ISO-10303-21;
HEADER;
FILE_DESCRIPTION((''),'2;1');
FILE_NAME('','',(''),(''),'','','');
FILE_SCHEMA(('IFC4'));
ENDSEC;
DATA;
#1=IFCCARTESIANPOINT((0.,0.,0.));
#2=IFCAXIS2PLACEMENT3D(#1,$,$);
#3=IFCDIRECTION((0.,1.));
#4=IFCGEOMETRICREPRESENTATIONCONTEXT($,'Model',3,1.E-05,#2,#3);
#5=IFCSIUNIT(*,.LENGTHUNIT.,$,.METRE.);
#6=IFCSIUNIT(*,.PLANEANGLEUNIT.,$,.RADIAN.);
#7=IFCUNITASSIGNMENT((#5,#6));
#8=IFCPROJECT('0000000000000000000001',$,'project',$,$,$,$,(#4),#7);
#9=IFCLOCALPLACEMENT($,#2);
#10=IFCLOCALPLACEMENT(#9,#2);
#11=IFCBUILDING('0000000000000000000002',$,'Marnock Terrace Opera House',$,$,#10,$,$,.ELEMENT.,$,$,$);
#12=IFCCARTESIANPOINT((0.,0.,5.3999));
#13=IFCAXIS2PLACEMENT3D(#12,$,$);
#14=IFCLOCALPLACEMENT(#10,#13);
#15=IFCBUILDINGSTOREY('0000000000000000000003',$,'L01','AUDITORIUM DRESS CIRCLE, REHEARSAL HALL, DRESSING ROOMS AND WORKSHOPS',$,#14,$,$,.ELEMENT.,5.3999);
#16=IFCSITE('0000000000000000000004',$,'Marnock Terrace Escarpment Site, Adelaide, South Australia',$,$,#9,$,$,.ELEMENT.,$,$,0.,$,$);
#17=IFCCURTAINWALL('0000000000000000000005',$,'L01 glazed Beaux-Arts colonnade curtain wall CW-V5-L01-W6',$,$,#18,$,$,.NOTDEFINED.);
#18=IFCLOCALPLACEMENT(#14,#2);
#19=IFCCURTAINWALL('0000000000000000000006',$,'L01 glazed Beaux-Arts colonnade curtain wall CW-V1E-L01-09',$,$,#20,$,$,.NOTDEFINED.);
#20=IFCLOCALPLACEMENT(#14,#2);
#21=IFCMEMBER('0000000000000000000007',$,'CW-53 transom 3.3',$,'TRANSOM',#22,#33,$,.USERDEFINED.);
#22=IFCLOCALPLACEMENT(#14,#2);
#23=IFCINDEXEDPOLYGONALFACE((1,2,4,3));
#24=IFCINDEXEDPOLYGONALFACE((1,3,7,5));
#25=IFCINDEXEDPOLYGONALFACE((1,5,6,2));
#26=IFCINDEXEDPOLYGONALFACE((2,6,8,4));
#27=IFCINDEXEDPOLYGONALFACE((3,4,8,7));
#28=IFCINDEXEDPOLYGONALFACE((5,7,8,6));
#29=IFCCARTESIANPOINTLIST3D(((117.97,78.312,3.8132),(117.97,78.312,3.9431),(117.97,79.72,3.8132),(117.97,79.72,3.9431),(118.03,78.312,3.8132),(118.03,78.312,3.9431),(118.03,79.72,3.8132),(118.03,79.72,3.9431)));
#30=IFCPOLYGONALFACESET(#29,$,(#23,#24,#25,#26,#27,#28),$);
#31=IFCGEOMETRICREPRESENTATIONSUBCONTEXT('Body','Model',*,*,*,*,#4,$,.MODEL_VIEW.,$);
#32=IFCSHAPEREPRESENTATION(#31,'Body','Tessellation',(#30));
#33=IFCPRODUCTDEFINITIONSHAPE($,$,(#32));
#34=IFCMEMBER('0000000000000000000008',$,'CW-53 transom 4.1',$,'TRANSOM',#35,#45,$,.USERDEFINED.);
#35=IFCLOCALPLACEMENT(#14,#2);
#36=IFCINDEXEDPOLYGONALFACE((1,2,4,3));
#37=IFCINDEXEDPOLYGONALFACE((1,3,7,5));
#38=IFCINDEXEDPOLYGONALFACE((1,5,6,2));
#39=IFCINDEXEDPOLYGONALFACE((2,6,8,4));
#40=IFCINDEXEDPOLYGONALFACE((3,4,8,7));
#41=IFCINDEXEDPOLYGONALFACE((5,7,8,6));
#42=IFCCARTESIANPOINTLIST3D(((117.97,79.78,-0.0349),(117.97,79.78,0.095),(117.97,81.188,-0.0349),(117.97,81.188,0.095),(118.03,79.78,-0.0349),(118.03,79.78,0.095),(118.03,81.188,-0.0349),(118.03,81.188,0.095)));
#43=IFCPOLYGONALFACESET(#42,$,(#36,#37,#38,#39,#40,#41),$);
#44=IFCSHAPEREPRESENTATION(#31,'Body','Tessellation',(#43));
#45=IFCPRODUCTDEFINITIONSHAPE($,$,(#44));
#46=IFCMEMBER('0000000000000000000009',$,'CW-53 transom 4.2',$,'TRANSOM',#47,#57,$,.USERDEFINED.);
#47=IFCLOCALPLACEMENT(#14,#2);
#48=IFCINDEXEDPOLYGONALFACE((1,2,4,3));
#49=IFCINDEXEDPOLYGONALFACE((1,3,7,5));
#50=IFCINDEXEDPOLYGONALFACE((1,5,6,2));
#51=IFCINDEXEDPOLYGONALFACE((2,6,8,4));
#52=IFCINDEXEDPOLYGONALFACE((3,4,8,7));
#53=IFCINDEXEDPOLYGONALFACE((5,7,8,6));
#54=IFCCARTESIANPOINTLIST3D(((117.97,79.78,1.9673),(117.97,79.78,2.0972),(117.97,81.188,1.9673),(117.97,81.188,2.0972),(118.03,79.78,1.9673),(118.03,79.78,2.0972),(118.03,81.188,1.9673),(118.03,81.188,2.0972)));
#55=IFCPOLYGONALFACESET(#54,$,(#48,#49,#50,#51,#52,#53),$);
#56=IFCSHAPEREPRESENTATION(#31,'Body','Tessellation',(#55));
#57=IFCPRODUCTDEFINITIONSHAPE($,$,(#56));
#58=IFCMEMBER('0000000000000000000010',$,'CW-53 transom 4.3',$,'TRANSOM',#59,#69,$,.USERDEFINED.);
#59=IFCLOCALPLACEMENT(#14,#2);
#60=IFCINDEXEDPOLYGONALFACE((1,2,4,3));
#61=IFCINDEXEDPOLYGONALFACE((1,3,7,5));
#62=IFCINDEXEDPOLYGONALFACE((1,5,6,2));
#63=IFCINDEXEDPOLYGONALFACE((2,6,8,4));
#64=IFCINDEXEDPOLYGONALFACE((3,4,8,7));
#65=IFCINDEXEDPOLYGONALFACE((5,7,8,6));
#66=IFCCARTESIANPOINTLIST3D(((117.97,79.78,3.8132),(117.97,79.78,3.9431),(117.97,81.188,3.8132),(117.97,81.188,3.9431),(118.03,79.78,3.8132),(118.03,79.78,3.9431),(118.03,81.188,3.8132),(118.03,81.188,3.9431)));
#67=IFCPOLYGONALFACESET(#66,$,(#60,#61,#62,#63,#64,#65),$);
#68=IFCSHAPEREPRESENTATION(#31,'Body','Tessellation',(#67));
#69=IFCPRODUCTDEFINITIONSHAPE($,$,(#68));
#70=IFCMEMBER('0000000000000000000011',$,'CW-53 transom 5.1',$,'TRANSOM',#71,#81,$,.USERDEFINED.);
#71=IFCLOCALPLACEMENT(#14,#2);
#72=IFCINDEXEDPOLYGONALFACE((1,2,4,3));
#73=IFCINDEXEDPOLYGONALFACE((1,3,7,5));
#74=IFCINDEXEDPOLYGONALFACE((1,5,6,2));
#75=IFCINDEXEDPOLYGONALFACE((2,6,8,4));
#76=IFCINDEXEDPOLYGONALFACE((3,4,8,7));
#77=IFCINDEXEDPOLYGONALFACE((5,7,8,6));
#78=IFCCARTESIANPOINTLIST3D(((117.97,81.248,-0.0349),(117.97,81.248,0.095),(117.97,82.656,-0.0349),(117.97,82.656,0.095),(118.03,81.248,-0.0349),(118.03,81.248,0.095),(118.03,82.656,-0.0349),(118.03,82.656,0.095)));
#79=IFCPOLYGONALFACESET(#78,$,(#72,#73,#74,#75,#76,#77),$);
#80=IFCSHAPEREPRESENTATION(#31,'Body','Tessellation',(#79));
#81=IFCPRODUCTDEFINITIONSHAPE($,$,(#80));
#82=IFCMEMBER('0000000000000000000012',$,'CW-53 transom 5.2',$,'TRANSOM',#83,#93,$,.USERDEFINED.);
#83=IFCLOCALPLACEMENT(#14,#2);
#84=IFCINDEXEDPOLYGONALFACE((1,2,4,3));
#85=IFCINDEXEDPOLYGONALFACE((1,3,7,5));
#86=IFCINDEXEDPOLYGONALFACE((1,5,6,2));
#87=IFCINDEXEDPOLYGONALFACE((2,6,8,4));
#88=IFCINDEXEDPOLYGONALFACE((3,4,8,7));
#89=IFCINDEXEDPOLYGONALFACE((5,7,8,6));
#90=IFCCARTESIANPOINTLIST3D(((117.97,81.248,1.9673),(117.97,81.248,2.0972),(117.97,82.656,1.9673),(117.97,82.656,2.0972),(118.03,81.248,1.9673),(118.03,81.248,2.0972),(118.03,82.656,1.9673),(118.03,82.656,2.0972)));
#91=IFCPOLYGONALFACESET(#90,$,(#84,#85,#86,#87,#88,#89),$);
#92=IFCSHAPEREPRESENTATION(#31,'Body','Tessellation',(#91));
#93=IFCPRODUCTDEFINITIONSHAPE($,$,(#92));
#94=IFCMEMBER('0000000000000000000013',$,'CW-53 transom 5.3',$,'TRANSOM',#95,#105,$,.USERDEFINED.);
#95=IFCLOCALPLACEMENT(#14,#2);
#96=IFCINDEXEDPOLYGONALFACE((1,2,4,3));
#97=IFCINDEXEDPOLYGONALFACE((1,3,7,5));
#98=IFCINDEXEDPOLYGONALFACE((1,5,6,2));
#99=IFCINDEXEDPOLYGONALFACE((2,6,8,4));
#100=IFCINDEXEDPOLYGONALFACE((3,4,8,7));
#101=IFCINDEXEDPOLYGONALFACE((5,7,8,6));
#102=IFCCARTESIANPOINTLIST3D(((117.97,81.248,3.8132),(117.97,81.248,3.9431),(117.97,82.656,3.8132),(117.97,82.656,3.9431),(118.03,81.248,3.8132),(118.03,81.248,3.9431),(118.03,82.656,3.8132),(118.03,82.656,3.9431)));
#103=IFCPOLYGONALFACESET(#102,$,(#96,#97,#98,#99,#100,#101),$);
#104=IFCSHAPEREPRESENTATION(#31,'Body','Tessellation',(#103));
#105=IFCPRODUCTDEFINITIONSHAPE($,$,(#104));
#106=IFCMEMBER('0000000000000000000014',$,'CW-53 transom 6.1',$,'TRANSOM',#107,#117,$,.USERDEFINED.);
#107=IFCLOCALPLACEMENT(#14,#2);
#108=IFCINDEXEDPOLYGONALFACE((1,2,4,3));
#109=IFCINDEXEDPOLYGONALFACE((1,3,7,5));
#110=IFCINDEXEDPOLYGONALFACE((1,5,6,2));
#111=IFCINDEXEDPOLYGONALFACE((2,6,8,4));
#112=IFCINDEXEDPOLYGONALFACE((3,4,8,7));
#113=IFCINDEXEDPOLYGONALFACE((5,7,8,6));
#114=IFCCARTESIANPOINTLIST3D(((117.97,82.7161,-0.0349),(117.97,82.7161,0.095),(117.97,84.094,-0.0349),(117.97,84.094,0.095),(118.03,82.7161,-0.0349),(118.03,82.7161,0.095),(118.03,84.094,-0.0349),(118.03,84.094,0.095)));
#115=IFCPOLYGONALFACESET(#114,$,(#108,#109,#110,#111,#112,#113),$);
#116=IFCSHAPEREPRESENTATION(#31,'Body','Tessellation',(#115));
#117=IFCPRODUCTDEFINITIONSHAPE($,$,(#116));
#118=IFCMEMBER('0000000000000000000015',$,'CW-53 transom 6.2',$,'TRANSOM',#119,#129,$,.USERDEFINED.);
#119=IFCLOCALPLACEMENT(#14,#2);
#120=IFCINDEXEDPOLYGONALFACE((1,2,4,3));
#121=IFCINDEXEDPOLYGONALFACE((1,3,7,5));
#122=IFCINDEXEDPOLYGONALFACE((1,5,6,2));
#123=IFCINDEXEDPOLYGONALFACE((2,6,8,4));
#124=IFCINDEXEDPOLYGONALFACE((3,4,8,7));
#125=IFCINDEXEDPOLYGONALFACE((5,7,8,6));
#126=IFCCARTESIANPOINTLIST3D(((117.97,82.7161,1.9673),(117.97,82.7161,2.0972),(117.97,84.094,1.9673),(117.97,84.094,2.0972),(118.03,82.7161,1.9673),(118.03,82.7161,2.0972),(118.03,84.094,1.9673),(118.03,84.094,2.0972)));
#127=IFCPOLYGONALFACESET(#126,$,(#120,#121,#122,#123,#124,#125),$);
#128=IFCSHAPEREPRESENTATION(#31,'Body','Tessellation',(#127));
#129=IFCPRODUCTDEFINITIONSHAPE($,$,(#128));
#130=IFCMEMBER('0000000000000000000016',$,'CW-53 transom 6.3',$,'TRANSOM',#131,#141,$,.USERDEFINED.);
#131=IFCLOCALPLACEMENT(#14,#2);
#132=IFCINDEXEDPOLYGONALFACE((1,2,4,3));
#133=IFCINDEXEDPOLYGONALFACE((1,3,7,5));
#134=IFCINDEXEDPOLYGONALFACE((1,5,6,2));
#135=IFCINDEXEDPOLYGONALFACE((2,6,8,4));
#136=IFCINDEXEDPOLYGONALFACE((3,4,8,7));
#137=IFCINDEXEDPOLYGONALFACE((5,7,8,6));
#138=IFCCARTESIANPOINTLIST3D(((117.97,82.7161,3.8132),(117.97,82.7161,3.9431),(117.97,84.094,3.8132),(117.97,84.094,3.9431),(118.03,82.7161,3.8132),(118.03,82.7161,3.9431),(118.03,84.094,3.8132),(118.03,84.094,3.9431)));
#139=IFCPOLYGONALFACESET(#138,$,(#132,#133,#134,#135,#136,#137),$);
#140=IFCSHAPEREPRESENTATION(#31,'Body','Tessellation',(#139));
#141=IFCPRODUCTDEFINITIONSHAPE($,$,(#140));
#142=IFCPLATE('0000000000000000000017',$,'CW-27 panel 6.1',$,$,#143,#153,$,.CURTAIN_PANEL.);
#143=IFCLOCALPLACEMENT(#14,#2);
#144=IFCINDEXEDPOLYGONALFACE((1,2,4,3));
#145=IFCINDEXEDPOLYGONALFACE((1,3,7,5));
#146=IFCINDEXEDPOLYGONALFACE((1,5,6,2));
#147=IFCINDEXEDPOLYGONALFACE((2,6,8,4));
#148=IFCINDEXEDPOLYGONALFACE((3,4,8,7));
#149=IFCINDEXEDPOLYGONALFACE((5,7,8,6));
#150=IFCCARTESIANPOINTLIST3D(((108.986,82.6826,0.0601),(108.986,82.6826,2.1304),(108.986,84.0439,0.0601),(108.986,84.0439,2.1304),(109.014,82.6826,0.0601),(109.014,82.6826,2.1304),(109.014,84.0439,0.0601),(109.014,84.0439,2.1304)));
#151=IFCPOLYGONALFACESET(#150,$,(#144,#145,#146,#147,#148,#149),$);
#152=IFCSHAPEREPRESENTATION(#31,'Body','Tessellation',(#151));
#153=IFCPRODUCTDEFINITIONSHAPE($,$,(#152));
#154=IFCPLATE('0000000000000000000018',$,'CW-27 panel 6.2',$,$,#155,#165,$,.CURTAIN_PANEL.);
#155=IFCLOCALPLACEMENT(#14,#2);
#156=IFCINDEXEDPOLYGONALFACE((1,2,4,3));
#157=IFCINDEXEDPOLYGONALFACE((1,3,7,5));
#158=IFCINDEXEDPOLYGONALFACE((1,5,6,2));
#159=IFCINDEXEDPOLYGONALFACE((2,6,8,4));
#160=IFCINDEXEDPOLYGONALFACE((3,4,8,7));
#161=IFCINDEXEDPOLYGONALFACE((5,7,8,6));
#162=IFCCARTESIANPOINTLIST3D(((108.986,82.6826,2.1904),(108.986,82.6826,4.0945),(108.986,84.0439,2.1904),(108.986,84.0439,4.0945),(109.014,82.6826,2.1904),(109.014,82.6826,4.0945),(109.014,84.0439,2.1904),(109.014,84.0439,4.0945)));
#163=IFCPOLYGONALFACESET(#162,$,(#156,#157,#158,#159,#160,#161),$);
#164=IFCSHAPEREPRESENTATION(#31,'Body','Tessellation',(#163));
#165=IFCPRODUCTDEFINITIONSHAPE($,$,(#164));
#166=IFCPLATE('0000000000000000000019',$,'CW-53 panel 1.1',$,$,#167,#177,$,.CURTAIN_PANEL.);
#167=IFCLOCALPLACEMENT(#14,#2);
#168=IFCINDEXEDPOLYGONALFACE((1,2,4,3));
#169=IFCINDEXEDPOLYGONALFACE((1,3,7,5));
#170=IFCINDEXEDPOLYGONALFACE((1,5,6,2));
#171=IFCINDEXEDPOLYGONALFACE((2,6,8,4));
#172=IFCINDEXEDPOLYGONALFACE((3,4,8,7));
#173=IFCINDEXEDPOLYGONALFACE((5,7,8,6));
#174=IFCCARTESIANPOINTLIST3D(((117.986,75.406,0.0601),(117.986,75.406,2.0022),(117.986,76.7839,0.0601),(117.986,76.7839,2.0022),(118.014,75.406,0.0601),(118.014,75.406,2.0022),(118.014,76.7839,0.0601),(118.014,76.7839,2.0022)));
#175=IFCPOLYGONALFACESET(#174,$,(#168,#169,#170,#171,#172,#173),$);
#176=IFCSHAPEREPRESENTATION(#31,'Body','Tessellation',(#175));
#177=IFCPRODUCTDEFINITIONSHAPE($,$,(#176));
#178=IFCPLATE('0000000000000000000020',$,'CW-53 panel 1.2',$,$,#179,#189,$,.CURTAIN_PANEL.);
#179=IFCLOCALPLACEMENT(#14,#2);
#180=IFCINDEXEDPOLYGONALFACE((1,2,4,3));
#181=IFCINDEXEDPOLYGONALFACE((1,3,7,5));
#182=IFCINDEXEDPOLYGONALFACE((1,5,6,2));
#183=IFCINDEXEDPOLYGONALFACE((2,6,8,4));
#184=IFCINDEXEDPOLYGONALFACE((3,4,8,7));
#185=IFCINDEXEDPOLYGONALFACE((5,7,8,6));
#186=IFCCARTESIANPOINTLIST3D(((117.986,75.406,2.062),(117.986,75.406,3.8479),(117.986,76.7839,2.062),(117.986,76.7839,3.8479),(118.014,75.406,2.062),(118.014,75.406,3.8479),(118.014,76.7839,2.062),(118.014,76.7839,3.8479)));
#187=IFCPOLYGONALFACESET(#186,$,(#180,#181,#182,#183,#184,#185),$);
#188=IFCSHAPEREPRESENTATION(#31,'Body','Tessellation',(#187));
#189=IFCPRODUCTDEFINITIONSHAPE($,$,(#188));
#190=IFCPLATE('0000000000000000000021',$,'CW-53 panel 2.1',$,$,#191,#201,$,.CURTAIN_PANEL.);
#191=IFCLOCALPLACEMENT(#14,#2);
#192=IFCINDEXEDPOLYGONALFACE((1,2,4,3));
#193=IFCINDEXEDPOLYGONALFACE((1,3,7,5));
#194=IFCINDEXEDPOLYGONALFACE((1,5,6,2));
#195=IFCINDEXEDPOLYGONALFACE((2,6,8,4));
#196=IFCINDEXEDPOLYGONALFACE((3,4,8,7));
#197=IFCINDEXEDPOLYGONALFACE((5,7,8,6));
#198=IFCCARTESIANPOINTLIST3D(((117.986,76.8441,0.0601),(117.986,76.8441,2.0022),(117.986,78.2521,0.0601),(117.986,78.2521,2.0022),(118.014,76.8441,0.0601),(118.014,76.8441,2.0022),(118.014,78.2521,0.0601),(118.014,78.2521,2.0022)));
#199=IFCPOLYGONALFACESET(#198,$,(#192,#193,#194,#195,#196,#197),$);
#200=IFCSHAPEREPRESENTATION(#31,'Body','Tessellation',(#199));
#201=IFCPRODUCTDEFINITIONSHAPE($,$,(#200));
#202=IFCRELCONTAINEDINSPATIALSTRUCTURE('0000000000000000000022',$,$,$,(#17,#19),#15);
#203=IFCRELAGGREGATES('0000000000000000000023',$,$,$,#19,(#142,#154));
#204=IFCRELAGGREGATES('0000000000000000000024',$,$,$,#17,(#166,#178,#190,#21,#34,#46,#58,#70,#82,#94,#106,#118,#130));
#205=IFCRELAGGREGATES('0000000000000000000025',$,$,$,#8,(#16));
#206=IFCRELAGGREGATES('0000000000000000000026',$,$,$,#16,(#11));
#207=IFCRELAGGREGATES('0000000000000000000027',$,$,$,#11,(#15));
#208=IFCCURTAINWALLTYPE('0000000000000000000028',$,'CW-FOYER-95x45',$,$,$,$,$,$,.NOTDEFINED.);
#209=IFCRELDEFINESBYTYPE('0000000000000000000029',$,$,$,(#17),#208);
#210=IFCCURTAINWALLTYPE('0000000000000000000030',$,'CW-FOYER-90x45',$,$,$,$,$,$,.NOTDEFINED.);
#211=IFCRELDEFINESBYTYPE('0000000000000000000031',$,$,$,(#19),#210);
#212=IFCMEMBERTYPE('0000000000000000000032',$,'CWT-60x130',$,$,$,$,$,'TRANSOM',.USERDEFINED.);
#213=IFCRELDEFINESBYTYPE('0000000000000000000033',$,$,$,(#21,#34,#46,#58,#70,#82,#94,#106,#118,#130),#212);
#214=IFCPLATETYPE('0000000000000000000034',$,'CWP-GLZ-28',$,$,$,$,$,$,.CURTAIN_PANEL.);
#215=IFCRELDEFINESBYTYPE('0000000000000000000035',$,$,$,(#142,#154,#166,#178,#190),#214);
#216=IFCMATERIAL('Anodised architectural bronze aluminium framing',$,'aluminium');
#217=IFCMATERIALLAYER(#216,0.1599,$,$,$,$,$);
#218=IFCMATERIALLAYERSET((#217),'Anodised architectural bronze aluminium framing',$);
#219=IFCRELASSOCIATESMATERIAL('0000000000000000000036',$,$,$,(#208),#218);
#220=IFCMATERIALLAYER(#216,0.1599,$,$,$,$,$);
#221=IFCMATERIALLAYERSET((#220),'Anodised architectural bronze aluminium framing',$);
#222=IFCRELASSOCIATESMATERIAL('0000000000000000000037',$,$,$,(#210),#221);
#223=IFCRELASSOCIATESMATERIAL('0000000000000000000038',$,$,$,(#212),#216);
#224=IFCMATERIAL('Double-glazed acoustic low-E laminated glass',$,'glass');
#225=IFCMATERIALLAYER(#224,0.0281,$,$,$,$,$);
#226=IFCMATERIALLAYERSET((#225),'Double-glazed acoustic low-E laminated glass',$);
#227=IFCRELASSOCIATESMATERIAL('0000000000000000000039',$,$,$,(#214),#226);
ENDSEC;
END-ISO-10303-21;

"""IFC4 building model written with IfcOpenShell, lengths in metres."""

from ifc_helpers import new_model, si_unit, direction, frame, origin, origin_2d, place, context, subcontext, project, spatial, rectangle, extrude, material, layer, layer_set, material_profile, profile_set, type_object, element, aggregate, save


model = new_model("IFC4")

# Units and contexts
model_context = context("Model", 3, precision=1e-05, world=origin(), true_north=direction((0.0, 1.0)))
body_context = subcontext(model_context, "Body", "Model", "MODEL_VIEW")
ifc_project = project(units=[si_unit("LENGTHUNIT", "METRE"), si_unit("PLANEANGLEUNIT", "RADIAN")], contexts=[model_context])

# Site, building, storey
site_placement = place(None, origin())
site = spatial("IfcSite", under=ifc_project, at=site_placement, Name="Marnock Terrace Escarpment Site, Adelaide, South Australia", CompositionType="ELEMENT", RefElevation=0.0)
building_placement = place(site_placement, origin())
building = spatial("IfcBuilding", under=site, at=building_placement, Name="Marnock Terrace Opera House", CompositionType="ELEMENT")
storey_placement = place(building_placement, frame((0.0, 0.0, 5.3999)))
storey = spatial("IfcBuildingStorey", under=building, at=storey_placement, Name="L01", Description="AUDITORIUM DRESS CIRCLE, REHEARSAL HALL, DRESSING ROOMS AND WORKSHOPS", CompositionType="ELEMENT", Elevation=5.3999)

# Curtain wall
ifc_material_1 = material(Name="Anodised architectural bronze aluminium framing", Category="aluminium")
ifc_layer_1 = layer(ifc_material_1, 0.1599)
ifc_layer_set_1 = layer_set([ifc_layer_1], Name="Anodised architectural bronze aluminium framing")
curtain_wall_type_1 = type_object("IfcCurtainWallType", Name="CW-FOYER-95x45", PredefinedType="NOTDEFINED", material=ifc_layer_set_1)
curtain_wall_1_placement = place(storey_placement, origin())
curtain_wall_1 = element("IfcCurtainWall", 1, at=curtain_wall_1_placement, inside=storey, type_object=curtain_wall_type_1, Name="L01 glazed Beaux-Arts colonnade curtain wall CW-V5-L01-W6", PredefinedType="NOTDEFINED")

# Curtain wall
ifc_layer_2 = layer(ifc_material_1, 0.1599)
ifc_layer_set_2 = layer_set([ifc_layer_2], Name="Anodised architectural bronze aluminium framing")
curtain_wall_type_2 = type_object("IfcCurtainWallType", Name="CW-FOYER-90x45", PredefinedType="NOTDEFINED", material=ifc_layer_set_2)
curtain_wall_2_placement = place(storey_placement, origin())
curtain_wall_2 = element("IfcCurtainWall", 2, at=curtain_wall_2_placement, inside=storey, type_object=curtain_wall_type_2, Name="L01 glazed Beaux-Arts colonnade curtain wall CW-V1E-L01-09", PredefinedType="NOTDEFINED")
ifc_material_profile_1 = material_profile(ifc_material_1, rectangle(XDim=0.0601, YDim=0.1299, at=origin_2d()))
ifc_profile_set_1 = profile_set([ifc_material_profile_1], Name="Anodised architectural bronze aluminium framing")
member_type_1 = type_object("IfcMemberType", Name="CWT-60x130", ElementType="TRANSOM", PredefinedType="USERDEFINED", material=ifc_profile_set_1)

# Members
member_1_placement = place(storey_placement, frame((118.0, 78.312, 3.8782), z_axis=(0.0, 1.0, 0.0), x_axis=(-1.0, 0.0, 0.0)))
member_1 = element("IfcMember", 3, at=member_1_placement, type_object=member_type_1, Name="CW-53 transom 3.3", ObjectType="TRANSOM", PredefinedType="USERDEFINED", context=body_context, shape_type="SweptSolid", body=[
    extrude(rectangle(XDim=0.0601, YDim=0.1299, at=origin_2d()), origin(), (0.0, 0.0, 1.0), 1.408),
])
member_2_placement = place(storey_placement, frame((118.0, 79.78, 0.03), z_axis=(0.0, 1.0, 0.0), x_axis=(-1.0, 0.0, 0.0)))
member_2 = element("IfcMember", 4, at=member_2_placement, type_object=member_type_1, Name="CW-53 transom 4.1", ObjectType="TRANSOM", PredefinedType="USERDEFINED", context=body_context, shape_type="SweptSolid", body=[
    extrude(rectangle(XDim=0.0601, YDim=0.1299, at=origin_2d()), origin(), (0.0, 0.0, 1.0), 1.408),
])
member_3_placement = place(storey_placement, frame((118.0, 79.78, 2.0322), z_axis=(0.0, 1.0, 0.0), x_axis=(-1.0, 0.0, 0.0)))
member_3 = element("IfcMember", 5, at=member_3_placement, type_object=member_type_1, Name="CW-53 transom 4.2", ObjectType="TRANSOM", PredefinedType="USERDEFINED", context=body_context, shape_type="SweptSolid", body=[
    extrude(rectangle(XDim=0.0601, YDim=0.1299, at=origin_2d()), origin(), (0.0, 0.0, 1.0), 1.408),
])
member_4_placement = place(storey_placement, frame((118.0, 79.78, 3.8782), z_axis=(0.0, 1.0, 0.0), x_axis=(-1.0, 0.0, 0.0)))
member_4 = element("IfcMember", 6, at=member_4_placement, type_object=member_type_1, Name="CW-53 transom 4.3", ObjectType="TRANSOM", PredefinedType="USERDEFINED", context=body_context, shape_type="SweptSolid", body=[
    extrude(rectangle(XDim=0.0601, YDim=0.1299, at=origin_2d()), origin(), (0.0, 0.0, 1.0), 1.408),
])
member_5_placement = place(storey_placement, frame((118.0, 81.248, 0.03), z_axis=(0.0, 1.0, 0.0), x_axis=(-1.0, 0.0, 0.0)))
member_5 = element("IfcMember", 7, at=member_5_placement, type_object=member_type_1, Name="CW-53 transom 5.1", ObjectType="TRANSOM", PredefinedType="USERDEFINED", context=body_context, shape_type="SweptSolid", body=[
    extrude(rectangle(XDim=0.0601, YDim=0.1299, at=origin_2d()), origin(), (0.0, 0.0, 1.0), 1.408),
])
member_6_placement = place(storey_placement, frame((118.0, 81.248, 2.0322), z_axis=(0.0, 1.0, 0.0), x_axis=(-1.0, 0.0, 0.0)))
member_6 = element("IfcMember", 8, at=member_6_placement, type_object=member_type_1, Name="CW-53 transom 5.2", ObjectType="TRANSOM", PredefinedType="USERDEFINED", context=body_context, shape_type="SweptSolid", body=[
    extrude(rectangle(XDim=0.0601, YDim=0.1299, at=origin_2d()), origin(), (0.0, 0.0, 1.0), 1.408),
])
member_7_placement = place(storey_placement, frame((118.0, 81.248, 3.8782), z_axis=(0.0, 1.0, 0.0), x_axis=(-1.0, 0.0, 0.0)))
member_7 = element("IfcMember", 9, at=member_7_placement, type_object=member_type_1, Name="CW-53 transom 5.3", ObjectType="TRANSOM", PredefinedType="USERDEFINED", context=body_context, shape_type="SweptSolid", body=[
    extrude(rectangle(XDim=0.0601, YDim=0.1299, at=origin_2d()), origin(), (0.0, 0.0, 1.0), 1.408),
])
member_8_placement = place(storey_placement, frame((118.0, 82.7161, 0.03), z_axis=(0.0, 1.0, 0.0), x_axis=(-1.0, 0.0, 0.0)))
member_8 = element("IfcMember", 10, at=member_8_placement, type_object=member_type_1, Name="CW-53 transom 6.1", ObjectType="TRANSOM", PredefinedType="USERDEFINED", context=body_context, shape_type="SweptSolid", body=[
    extrude(rectangle(XDim=0.0601, YDim=0.1299, at=origin_2d()), origin(), (0.0, 0.0, 1.0), 1.3779),
])
member_9_placement = place(storey_placement, frame((118.0, 82.7161, 2.0322), z_axis=(0.0, 1.0, 0.0), x_axis=(-1.0, 0.0, 0.0)))
member_9 = element("IfcMember", 11, at=member_9_placement, type_object=member_type_1, Name="CW-53 transom 6.2", ObjectType="TRANSOM", PredefinedType="USERDEFINED", context=body_context, shape_type="SweptSolid", body=[
    extrude(rectangle(XDim=0.0601, YDim=0.1299, at=origin_2d()), origin(), (0.0, 0.0, 1.0), 1.3779),
])
member_10_placement = place(storey_placement, frame((118.0, 82.7161, 3.8782), z_axis=(0.0, 1.0, 0.0), x_axis=(-1.0, 0.0, 0.0)))
member_10 = element("IfcMember", 12, at=member_10_placement, type_object=member_type_1, Name="CW-53 transom 6.3", ObjectType="TRANSOM", PredefinedType="USERDEFINED", context=body_context, shape_type="SweptSolid", body=[
    extrude(rectangle(XDim=0.0601, YDim=0.1299, at=origin_2d()), origin(), (0.0, 0.0, 1.0), 1.3779),
])

# Plates
ifc_material_2 = material(Name="Double-glazed acoustic low-E laminated glass", Category="glass")
ifc_layer_3 = layer(ifc_material_2, 0.0281)
ifc_layer_set_3 = layer_set([ifc_layer_3], Name="Double-glazed acoustic low-E laminated glass")
plate_type = type_object("IfcPlateType", Name="CWP-GLZ-28", PredefinedType="CURTAIN_PANEL", material=ifc_layer_set_3)
plate_1_placement = place(storey_placement, frame((109.0, 83.3633, 0.0601), z_axis=(0.0, 0.0, 1.0), x_axis=(0.0, 1.0, 0.0)))
plate_1 = element("IfcPlate", 13, at=plate_1_placement, type_object=plate_type, Name="CW-27 panel 6.1", PredefinedType="CURTAIN_PANEL", context=body_context, shape_type="SweptSolid", body=[
    extrude(rectangle(XDim=1.3613, YDim=0.0281, at=origin_2d()), origin(), (0.0, 0.0, 1.0), 2.0703),
])
plate_2_placement = place(storey_placement, frame((109.0, 83.3633, 2.1904), z_axis=(0.0, 0.0, 1.0), x_axis=(0.0, 1.0, 0.0)))
plate_2 = element("IfcPlate", 14, at=plate_2_placement, type_object=plate_type, Name="CW-27 panel 6.2", PredefinedType="CURTAIN_PANEL", context=body_context, shape_type="SweptSolid", body=[
    extrude(rectangle(XDim=1.3613, YDim=0.0281, at=origin_2d()), origin(), (0.0, 0.0, 1.0), 1.9041),
])
aggregate(curtain_wall_2, [plate_1, plate_2])
plate_3_placement = place(storey_placement, frame((118.0, 76.095, 0.0601), z_axis=(0.0, 0.0, 1.0), x_axis=(0.0, 1.0, 0.0)))
plate_3 = element("IfcPlate", 15, at=plate_3_placement, type_object=plate_type, Name="CW-53 panel 1.1", PredefinedType="CURTAIN_PANEL", context=body_context, shape_type="SweptSolid", body=[
    extrude(rectangle(XDim=1.3779, YDim=0.0281, at=origin_2d()), origin(), (0.0, 0.0, 1.0), 1.9421),
])
plate_4_placement = place(storey_placement, frame((118.0, 76.095, 2.062), z_axis=(0.0, 0.0, 1.0), x_axis=(0.0, 1.0, 0.0)))
plate_4 = element("IfcPlate", 16, at=plate_4_placement, type_object=plate_type, Name="CW-53 panel 1.2", PredefinedType="CURTAIN_PANEL", context=body_context, shape_type="SweptSolid", body=[
    extrude(rectangle(XDim=1.3779, YDim=0.0281, at=origin_2d()), origin(), (0.0, 0.0, 1.0), 1.7859),
])
plate_5_placement = place(storey_placement, frame((118.0, 77.5481, 0.0601), z_axis=(0.0, 0.0, 1.0), x_axis=(0.0, 1.0, 0.0)))
plate_5 = element("IfcPlate", 17, at=plate_5_placement, type_object=plate_type, Name="CW-53 panel 2.1", PredefinedType="CURTAIN_PANEL", context=body_context, shape_type="SweptSolid", body=[
    extrude(rectangle(XDim=1.408, YDim=0.0281, at=origin_2d()), origin(), (0.0, 0.0, 1.0), 1.9421),
])
aggregate(curtain_wall_1, [plate_3, plate_4, plate_5, member_1, member_2, member_3, member_4, member_5, member_6, member_7, member_8, member_9, member_10])

save(model, "model.ifc")
